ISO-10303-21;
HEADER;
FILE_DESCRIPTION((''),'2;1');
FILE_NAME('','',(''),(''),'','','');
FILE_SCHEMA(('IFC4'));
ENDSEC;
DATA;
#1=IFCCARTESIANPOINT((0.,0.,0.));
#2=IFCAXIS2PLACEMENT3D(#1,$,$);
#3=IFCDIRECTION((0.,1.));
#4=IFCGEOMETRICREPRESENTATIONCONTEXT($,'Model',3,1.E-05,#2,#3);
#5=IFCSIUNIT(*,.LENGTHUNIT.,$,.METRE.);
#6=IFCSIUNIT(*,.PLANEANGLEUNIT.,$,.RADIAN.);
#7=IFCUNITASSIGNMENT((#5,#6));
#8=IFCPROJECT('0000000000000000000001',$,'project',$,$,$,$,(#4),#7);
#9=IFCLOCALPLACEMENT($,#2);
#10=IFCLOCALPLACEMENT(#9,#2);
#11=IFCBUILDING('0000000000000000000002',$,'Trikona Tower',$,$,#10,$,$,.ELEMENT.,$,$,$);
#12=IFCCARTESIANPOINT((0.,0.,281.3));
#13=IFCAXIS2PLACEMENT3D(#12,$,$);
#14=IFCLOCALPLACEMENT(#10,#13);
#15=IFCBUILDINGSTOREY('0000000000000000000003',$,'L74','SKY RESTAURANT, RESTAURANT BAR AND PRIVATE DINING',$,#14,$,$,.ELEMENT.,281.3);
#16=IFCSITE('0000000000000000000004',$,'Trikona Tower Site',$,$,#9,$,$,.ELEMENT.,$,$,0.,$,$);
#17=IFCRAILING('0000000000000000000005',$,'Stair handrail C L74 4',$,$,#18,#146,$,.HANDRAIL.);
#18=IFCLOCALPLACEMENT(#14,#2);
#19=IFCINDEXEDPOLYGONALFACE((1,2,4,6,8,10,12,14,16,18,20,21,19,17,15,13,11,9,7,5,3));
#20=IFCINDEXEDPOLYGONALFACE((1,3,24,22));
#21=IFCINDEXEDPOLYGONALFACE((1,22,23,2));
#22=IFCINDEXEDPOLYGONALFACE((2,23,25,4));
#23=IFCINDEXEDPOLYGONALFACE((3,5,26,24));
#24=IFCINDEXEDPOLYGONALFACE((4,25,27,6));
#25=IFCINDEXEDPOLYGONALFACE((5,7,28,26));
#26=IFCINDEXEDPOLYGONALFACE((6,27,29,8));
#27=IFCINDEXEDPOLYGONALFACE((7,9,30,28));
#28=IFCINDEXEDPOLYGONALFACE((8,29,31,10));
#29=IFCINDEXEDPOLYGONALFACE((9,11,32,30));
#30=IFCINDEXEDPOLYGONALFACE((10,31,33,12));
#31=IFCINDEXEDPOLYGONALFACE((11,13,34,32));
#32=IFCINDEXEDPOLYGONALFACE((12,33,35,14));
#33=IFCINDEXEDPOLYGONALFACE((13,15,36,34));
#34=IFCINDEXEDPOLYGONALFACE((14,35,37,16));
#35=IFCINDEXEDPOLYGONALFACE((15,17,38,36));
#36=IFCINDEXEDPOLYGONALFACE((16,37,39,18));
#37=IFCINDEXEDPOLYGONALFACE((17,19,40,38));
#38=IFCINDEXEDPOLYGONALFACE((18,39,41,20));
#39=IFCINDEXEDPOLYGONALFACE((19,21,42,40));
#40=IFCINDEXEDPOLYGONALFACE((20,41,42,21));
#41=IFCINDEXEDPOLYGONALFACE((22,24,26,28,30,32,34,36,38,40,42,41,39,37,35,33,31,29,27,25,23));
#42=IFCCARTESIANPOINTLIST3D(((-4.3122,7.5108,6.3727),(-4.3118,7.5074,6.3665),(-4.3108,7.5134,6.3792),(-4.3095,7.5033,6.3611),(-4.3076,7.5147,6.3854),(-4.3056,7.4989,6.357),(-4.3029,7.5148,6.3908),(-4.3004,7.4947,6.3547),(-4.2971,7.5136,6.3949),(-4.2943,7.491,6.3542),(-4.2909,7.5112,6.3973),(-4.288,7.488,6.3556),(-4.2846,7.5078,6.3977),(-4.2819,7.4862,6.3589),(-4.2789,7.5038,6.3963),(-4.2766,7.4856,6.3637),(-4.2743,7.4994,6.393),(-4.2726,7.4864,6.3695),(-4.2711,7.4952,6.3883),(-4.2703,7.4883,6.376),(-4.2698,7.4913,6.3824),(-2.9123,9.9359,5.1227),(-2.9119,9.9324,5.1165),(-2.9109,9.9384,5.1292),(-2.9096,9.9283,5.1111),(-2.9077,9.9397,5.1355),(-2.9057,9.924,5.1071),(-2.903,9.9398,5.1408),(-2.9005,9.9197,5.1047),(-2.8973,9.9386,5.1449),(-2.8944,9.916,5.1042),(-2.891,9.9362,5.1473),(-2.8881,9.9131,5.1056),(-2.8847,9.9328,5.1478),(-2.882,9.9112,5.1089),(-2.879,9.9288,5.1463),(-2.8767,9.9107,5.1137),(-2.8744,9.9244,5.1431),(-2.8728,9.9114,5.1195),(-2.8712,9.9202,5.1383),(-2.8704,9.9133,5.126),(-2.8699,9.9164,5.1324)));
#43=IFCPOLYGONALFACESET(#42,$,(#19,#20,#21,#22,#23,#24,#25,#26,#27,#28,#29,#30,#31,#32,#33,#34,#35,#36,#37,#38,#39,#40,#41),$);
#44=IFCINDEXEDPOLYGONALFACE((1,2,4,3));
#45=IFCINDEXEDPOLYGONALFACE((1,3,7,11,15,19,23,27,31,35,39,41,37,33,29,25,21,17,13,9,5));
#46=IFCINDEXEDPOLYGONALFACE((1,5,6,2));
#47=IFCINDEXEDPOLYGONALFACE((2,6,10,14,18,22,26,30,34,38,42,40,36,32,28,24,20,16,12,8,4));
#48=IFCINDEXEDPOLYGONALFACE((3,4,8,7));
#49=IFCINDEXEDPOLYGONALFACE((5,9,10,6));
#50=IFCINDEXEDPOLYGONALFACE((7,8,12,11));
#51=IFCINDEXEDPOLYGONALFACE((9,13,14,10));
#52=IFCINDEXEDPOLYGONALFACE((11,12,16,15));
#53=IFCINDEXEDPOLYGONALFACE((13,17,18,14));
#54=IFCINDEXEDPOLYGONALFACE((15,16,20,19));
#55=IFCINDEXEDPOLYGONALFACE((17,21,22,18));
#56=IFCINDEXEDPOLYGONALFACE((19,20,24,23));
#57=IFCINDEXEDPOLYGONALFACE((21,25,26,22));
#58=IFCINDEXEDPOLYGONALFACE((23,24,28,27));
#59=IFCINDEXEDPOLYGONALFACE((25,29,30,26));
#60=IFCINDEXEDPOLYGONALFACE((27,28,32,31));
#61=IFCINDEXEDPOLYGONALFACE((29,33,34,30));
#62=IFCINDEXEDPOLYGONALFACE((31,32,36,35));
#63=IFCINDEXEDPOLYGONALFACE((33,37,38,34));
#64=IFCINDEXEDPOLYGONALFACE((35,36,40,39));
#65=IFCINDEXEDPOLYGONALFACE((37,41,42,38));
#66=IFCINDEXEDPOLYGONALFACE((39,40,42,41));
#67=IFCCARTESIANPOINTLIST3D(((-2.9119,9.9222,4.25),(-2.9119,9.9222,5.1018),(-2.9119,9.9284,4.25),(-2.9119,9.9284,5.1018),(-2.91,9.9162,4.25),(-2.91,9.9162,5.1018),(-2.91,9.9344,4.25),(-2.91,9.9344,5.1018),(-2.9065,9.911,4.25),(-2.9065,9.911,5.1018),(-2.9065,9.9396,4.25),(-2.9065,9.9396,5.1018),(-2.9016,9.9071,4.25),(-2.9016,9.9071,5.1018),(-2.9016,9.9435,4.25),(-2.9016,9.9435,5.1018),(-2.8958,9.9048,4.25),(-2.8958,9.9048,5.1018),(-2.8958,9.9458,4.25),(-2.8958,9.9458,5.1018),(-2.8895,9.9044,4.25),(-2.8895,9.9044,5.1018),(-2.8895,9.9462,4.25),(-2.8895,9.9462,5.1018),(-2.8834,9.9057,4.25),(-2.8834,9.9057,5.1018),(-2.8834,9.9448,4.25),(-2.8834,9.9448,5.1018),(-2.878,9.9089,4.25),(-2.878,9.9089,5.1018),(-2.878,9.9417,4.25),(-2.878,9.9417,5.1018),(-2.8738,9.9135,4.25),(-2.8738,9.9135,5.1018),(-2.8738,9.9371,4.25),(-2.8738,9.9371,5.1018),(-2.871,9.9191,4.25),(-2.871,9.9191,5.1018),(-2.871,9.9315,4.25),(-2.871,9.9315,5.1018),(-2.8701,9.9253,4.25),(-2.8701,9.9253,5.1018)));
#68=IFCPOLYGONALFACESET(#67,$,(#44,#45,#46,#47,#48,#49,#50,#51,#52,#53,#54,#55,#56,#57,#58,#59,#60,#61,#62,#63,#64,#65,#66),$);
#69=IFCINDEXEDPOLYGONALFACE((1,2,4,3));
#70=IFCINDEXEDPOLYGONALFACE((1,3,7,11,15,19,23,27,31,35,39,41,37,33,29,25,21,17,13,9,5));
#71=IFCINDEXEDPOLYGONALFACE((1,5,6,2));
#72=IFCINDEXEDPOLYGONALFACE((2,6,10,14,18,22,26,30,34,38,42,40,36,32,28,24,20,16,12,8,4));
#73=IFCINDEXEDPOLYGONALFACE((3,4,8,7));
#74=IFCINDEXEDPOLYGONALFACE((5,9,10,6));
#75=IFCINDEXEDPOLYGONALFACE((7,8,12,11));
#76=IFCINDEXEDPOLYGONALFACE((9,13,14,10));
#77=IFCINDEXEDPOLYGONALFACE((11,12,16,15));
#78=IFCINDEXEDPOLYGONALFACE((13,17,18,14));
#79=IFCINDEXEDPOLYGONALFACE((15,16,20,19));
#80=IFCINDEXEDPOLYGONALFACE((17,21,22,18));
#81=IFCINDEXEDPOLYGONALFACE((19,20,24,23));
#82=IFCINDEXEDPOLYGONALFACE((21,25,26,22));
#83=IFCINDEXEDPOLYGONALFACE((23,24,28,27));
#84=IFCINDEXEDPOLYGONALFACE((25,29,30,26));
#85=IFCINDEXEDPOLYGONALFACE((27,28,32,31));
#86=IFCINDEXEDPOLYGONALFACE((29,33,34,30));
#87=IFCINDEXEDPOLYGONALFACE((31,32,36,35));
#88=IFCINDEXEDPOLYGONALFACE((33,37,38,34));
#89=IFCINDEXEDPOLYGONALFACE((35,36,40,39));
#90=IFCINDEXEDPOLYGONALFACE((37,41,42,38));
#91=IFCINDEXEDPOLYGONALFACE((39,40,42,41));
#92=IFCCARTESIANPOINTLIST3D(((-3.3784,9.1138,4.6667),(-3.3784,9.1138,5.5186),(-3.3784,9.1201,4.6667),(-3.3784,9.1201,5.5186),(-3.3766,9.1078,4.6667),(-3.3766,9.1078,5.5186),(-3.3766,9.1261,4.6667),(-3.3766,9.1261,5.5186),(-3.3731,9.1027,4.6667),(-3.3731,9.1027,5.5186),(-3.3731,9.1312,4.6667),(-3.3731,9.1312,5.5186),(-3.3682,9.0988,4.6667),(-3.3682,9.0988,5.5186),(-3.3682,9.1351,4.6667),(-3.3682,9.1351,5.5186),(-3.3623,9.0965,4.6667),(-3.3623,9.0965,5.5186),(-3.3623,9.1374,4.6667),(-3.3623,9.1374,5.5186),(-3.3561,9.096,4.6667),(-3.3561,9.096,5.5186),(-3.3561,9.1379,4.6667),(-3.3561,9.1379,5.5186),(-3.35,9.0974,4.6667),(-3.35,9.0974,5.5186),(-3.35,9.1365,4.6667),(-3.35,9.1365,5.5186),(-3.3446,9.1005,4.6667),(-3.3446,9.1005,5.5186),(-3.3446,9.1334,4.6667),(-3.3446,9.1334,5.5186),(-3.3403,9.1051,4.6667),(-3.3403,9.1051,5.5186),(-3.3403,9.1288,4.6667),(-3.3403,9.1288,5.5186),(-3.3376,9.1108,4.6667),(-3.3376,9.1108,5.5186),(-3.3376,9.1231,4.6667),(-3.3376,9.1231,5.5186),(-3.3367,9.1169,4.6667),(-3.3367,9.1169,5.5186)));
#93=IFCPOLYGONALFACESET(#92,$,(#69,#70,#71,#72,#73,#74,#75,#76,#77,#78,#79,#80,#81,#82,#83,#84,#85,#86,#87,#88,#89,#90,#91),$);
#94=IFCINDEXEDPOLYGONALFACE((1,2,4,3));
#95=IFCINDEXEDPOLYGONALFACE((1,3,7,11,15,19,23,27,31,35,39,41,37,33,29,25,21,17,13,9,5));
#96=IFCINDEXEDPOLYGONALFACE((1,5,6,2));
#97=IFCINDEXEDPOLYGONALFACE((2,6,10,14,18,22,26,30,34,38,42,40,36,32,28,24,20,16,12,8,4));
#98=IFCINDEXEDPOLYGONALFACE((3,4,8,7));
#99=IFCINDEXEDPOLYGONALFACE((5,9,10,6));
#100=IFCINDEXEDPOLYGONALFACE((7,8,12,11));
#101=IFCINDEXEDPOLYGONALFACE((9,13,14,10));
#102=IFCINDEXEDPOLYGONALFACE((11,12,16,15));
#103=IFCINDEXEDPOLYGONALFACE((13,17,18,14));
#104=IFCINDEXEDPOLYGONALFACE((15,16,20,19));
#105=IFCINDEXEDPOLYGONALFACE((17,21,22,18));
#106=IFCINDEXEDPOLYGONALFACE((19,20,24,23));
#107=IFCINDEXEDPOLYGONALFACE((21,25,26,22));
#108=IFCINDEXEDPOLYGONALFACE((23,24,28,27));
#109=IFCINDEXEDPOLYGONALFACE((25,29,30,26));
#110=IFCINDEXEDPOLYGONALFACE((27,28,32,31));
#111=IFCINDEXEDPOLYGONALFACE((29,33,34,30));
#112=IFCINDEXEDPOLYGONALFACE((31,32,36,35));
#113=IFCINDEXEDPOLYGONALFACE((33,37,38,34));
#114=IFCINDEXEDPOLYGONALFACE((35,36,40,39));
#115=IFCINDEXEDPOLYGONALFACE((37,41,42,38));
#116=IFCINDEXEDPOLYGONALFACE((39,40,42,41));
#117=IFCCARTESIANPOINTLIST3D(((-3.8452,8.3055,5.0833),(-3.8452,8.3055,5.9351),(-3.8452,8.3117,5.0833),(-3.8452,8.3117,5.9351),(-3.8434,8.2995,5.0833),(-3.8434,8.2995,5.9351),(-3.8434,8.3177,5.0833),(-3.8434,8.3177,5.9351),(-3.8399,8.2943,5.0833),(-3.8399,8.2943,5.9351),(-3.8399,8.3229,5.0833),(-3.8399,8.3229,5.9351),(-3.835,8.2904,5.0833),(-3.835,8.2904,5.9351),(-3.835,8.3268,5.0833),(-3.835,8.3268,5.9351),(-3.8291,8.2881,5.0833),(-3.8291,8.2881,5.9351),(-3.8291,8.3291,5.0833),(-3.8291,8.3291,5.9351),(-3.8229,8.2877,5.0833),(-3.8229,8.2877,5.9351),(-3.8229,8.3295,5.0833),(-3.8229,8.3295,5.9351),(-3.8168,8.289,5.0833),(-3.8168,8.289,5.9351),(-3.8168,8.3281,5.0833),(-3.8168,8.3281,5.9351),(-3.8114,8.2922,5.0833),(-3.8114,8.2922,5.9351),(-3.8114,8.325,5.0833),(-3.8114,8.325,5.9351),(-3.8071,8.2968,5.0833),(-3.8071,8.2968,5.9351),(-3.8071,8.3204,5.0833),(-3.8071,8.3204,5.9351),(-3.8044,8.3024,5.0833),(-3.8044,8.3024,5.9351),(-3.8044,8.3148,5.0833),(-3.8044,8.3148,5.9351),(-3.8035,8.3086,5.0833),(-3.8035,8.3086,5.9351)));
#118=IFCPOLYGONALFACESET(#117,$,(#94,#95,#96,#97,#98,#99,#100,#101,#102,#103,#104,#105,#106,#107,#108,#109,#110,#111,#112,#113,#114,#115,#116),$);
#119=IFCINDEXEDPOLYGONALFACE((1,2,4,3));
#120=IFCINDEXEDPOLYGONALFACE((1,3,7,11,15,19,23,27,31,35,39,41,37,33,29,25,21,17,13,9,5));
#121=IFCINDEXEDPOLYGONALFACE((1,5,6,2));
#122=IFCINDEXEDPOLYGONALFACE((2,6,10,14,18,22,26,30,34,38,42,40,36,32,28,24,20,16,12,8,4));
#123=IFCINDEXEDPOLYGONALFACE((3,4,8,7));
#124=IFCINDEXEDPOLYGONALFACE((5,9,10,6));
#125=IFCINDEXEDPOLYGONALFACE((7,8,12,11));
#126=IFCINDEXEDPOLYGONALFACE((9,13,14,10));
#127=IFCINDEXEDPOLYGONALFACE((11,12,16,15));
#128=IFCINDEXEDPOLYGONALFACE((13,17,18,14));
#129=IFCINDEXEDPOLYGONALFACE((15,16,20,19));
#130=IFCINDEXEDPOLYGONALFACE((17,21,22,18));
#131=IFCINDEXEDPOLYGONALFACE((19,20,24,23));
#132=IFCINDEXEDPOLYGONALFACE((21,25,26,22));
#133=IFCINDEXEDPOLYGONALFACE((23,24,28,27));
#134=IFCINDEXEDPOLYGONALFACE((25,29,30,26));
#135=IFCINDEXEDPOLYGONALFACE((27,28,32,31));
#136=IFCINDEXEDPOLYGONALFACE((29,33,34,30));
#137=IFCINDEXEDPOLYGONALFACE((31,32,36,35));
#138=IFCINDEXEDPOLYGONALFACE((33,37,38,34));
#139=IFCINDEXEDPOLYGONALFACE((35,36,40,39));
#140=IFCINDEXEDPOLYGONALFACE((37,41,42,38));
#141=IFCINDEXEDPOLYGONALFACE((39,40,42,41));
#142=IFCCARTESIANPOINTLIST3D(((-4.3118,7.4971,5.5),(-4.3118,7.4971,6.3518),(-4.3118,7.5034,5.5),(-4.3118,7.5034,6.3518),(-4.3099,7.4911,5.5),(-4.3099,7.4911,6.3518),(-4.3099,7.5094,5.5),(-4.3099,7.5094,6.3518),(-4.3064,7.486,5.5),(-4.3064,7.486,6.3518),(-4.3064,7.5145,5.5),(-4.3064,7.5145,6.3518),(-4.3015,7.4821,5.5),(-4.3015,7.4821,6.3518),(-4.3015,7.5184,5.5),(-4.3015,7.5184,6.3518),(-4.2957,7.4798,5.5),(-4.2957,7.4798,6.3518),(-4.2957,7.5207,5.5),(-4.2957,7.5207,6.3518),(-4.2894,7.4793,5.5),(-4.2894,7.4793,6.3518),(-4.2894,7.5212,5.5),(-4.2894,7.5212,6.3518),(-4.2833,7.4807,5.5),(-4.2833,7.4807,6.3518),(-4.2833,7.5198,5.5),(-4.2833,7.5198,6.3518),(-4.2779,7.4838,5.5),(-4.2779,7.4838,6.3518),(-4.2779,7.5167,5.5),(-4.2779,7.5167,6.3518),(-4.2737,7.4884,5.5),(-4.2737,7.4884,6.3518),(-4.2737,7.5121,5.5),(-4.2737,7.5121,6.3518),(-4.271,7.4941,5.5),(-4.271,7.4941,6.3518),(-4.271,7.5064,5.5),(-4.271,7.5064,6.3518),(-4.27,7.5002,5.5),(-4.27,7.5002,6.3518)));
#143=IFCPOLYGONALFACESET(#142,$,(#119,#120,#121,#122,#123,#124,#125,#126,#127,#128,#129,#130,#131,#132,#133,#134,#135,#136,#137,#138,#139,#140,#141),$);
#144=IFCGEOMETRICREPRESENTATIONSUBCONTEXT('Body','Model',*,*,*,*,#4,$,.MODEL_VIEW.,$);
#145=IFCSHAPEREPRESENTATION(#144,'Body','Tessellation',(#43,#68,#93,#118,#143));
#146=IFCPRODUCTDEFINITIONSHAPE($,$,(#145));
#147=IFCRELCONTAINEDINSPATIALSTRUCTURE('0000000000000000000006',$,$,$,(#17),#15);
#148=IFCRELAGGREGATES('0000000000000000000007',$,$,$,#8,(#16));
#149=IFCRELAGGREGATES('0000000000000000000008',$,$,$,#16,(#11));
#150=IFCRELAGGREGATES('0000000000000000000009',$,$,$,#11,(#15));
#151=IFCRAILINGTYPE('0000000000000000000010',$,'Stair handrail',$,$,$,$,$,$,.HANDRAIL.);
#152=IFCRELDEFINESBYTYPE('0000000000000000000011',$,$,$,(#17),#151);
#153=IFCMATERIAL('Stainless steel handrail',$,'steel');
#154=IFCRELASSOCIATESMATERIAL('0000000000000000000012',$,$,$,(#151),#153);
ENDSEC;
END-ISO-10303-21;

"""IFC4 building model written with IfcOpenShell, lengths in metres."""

from ifc_helpers import new_model, si_unit, direction, frame, origin, origin_2d, place, context, subcontext, project, spatial, circle, extrude, material, type_object, element, save


model = new_model("IFC4")

# Units and contexts
model_context = context("Model", 3, precision=1e-05, world=origin(), true_north=direction((0.0, 1.0)))
body_context = subcontext(model_context, "Body", "Model", "MODEL_VIEW")
ifc_project = project(units=[si_unit("LENGTHUNIT", "METRE"), si_unit("PLANEANGLEUNIT", "RADIAN")], contexts=[model_context])

# Site, building, storey
site_placement = place(None, origin())
site = spatial("IfcSite", under=ifc_project, at=site_placement, Name="Trikona Tower Site", CompositionType="ELEMENT", RefElevation=0.0)
building_placement = place(site_placement, origin())
building = spatial("IfcBuilding", under=site, at=building_placement, Name="Trikona Tower", CompositionType="ELEMENT")
storey_placement = place(building_placement, frame((0.0, 0.0, 281.3)))
storey = spatial("IfcBuildingStorey", under=building, at=storey_placement, Name="L74", Description="SKY RESTAURANT, RESTAURANT BAR AND PRIVATE DINING", CompositionType="ELEMENT", Elevation=281.3)

# Railing
ifc_material_1 = material(Name="Stainless steel handrail", Category="steel")
railing_type = type_object("IfcRailingType", Name="Stair handrail", PredefinedType="HANDRAIL", material=ifc_material_1)
railing_1_placement = place(storey_placement, frame((-2.8911, 9.9253, 4.25)))
element("IfcRailing", 1, at=railing_1_placement, inside=storey, type_object=railing_type, Name="Stair handrail C L74 4", PredefinedType="HANDRAIL", context=body_context, shape_type="SweptSolid", body=[
    extrude(circle(Radius=0.0239, at=origin_2d()), frame((0.0, 0.0, 0.876), z_axis=(-0.456523, -0.790834, 0.407638), x_axis=(0.866056, -0.499946, 0.0)), (0.0, 0.0, 1.0), 3.0664),
    extrude(circle(Radius=0.021, at=origin_2d()), origin(), (0.0, 0.0, 1.0), 0.8518),
    extrude(circle(Radius=0.021, at=origin_2d()), frame((-0.4666, -0.8083, 0.4167)), (0.0, 0.0, 1.0), 0.8518),
    extrude(circle(Radius=0.021, at=origin_2d()), frame((-0.9333, -1.6167, 0.8333)), (0.0, 0.0, 1.0), 0.8518),
    extrude(circle(Radius=0.021, at=origin_2d()), frame((-1.3999, -2.425, 1.25)), (0.0, 0.0, 1.0), 0.8518),
])

save(model, "model.ifc")
